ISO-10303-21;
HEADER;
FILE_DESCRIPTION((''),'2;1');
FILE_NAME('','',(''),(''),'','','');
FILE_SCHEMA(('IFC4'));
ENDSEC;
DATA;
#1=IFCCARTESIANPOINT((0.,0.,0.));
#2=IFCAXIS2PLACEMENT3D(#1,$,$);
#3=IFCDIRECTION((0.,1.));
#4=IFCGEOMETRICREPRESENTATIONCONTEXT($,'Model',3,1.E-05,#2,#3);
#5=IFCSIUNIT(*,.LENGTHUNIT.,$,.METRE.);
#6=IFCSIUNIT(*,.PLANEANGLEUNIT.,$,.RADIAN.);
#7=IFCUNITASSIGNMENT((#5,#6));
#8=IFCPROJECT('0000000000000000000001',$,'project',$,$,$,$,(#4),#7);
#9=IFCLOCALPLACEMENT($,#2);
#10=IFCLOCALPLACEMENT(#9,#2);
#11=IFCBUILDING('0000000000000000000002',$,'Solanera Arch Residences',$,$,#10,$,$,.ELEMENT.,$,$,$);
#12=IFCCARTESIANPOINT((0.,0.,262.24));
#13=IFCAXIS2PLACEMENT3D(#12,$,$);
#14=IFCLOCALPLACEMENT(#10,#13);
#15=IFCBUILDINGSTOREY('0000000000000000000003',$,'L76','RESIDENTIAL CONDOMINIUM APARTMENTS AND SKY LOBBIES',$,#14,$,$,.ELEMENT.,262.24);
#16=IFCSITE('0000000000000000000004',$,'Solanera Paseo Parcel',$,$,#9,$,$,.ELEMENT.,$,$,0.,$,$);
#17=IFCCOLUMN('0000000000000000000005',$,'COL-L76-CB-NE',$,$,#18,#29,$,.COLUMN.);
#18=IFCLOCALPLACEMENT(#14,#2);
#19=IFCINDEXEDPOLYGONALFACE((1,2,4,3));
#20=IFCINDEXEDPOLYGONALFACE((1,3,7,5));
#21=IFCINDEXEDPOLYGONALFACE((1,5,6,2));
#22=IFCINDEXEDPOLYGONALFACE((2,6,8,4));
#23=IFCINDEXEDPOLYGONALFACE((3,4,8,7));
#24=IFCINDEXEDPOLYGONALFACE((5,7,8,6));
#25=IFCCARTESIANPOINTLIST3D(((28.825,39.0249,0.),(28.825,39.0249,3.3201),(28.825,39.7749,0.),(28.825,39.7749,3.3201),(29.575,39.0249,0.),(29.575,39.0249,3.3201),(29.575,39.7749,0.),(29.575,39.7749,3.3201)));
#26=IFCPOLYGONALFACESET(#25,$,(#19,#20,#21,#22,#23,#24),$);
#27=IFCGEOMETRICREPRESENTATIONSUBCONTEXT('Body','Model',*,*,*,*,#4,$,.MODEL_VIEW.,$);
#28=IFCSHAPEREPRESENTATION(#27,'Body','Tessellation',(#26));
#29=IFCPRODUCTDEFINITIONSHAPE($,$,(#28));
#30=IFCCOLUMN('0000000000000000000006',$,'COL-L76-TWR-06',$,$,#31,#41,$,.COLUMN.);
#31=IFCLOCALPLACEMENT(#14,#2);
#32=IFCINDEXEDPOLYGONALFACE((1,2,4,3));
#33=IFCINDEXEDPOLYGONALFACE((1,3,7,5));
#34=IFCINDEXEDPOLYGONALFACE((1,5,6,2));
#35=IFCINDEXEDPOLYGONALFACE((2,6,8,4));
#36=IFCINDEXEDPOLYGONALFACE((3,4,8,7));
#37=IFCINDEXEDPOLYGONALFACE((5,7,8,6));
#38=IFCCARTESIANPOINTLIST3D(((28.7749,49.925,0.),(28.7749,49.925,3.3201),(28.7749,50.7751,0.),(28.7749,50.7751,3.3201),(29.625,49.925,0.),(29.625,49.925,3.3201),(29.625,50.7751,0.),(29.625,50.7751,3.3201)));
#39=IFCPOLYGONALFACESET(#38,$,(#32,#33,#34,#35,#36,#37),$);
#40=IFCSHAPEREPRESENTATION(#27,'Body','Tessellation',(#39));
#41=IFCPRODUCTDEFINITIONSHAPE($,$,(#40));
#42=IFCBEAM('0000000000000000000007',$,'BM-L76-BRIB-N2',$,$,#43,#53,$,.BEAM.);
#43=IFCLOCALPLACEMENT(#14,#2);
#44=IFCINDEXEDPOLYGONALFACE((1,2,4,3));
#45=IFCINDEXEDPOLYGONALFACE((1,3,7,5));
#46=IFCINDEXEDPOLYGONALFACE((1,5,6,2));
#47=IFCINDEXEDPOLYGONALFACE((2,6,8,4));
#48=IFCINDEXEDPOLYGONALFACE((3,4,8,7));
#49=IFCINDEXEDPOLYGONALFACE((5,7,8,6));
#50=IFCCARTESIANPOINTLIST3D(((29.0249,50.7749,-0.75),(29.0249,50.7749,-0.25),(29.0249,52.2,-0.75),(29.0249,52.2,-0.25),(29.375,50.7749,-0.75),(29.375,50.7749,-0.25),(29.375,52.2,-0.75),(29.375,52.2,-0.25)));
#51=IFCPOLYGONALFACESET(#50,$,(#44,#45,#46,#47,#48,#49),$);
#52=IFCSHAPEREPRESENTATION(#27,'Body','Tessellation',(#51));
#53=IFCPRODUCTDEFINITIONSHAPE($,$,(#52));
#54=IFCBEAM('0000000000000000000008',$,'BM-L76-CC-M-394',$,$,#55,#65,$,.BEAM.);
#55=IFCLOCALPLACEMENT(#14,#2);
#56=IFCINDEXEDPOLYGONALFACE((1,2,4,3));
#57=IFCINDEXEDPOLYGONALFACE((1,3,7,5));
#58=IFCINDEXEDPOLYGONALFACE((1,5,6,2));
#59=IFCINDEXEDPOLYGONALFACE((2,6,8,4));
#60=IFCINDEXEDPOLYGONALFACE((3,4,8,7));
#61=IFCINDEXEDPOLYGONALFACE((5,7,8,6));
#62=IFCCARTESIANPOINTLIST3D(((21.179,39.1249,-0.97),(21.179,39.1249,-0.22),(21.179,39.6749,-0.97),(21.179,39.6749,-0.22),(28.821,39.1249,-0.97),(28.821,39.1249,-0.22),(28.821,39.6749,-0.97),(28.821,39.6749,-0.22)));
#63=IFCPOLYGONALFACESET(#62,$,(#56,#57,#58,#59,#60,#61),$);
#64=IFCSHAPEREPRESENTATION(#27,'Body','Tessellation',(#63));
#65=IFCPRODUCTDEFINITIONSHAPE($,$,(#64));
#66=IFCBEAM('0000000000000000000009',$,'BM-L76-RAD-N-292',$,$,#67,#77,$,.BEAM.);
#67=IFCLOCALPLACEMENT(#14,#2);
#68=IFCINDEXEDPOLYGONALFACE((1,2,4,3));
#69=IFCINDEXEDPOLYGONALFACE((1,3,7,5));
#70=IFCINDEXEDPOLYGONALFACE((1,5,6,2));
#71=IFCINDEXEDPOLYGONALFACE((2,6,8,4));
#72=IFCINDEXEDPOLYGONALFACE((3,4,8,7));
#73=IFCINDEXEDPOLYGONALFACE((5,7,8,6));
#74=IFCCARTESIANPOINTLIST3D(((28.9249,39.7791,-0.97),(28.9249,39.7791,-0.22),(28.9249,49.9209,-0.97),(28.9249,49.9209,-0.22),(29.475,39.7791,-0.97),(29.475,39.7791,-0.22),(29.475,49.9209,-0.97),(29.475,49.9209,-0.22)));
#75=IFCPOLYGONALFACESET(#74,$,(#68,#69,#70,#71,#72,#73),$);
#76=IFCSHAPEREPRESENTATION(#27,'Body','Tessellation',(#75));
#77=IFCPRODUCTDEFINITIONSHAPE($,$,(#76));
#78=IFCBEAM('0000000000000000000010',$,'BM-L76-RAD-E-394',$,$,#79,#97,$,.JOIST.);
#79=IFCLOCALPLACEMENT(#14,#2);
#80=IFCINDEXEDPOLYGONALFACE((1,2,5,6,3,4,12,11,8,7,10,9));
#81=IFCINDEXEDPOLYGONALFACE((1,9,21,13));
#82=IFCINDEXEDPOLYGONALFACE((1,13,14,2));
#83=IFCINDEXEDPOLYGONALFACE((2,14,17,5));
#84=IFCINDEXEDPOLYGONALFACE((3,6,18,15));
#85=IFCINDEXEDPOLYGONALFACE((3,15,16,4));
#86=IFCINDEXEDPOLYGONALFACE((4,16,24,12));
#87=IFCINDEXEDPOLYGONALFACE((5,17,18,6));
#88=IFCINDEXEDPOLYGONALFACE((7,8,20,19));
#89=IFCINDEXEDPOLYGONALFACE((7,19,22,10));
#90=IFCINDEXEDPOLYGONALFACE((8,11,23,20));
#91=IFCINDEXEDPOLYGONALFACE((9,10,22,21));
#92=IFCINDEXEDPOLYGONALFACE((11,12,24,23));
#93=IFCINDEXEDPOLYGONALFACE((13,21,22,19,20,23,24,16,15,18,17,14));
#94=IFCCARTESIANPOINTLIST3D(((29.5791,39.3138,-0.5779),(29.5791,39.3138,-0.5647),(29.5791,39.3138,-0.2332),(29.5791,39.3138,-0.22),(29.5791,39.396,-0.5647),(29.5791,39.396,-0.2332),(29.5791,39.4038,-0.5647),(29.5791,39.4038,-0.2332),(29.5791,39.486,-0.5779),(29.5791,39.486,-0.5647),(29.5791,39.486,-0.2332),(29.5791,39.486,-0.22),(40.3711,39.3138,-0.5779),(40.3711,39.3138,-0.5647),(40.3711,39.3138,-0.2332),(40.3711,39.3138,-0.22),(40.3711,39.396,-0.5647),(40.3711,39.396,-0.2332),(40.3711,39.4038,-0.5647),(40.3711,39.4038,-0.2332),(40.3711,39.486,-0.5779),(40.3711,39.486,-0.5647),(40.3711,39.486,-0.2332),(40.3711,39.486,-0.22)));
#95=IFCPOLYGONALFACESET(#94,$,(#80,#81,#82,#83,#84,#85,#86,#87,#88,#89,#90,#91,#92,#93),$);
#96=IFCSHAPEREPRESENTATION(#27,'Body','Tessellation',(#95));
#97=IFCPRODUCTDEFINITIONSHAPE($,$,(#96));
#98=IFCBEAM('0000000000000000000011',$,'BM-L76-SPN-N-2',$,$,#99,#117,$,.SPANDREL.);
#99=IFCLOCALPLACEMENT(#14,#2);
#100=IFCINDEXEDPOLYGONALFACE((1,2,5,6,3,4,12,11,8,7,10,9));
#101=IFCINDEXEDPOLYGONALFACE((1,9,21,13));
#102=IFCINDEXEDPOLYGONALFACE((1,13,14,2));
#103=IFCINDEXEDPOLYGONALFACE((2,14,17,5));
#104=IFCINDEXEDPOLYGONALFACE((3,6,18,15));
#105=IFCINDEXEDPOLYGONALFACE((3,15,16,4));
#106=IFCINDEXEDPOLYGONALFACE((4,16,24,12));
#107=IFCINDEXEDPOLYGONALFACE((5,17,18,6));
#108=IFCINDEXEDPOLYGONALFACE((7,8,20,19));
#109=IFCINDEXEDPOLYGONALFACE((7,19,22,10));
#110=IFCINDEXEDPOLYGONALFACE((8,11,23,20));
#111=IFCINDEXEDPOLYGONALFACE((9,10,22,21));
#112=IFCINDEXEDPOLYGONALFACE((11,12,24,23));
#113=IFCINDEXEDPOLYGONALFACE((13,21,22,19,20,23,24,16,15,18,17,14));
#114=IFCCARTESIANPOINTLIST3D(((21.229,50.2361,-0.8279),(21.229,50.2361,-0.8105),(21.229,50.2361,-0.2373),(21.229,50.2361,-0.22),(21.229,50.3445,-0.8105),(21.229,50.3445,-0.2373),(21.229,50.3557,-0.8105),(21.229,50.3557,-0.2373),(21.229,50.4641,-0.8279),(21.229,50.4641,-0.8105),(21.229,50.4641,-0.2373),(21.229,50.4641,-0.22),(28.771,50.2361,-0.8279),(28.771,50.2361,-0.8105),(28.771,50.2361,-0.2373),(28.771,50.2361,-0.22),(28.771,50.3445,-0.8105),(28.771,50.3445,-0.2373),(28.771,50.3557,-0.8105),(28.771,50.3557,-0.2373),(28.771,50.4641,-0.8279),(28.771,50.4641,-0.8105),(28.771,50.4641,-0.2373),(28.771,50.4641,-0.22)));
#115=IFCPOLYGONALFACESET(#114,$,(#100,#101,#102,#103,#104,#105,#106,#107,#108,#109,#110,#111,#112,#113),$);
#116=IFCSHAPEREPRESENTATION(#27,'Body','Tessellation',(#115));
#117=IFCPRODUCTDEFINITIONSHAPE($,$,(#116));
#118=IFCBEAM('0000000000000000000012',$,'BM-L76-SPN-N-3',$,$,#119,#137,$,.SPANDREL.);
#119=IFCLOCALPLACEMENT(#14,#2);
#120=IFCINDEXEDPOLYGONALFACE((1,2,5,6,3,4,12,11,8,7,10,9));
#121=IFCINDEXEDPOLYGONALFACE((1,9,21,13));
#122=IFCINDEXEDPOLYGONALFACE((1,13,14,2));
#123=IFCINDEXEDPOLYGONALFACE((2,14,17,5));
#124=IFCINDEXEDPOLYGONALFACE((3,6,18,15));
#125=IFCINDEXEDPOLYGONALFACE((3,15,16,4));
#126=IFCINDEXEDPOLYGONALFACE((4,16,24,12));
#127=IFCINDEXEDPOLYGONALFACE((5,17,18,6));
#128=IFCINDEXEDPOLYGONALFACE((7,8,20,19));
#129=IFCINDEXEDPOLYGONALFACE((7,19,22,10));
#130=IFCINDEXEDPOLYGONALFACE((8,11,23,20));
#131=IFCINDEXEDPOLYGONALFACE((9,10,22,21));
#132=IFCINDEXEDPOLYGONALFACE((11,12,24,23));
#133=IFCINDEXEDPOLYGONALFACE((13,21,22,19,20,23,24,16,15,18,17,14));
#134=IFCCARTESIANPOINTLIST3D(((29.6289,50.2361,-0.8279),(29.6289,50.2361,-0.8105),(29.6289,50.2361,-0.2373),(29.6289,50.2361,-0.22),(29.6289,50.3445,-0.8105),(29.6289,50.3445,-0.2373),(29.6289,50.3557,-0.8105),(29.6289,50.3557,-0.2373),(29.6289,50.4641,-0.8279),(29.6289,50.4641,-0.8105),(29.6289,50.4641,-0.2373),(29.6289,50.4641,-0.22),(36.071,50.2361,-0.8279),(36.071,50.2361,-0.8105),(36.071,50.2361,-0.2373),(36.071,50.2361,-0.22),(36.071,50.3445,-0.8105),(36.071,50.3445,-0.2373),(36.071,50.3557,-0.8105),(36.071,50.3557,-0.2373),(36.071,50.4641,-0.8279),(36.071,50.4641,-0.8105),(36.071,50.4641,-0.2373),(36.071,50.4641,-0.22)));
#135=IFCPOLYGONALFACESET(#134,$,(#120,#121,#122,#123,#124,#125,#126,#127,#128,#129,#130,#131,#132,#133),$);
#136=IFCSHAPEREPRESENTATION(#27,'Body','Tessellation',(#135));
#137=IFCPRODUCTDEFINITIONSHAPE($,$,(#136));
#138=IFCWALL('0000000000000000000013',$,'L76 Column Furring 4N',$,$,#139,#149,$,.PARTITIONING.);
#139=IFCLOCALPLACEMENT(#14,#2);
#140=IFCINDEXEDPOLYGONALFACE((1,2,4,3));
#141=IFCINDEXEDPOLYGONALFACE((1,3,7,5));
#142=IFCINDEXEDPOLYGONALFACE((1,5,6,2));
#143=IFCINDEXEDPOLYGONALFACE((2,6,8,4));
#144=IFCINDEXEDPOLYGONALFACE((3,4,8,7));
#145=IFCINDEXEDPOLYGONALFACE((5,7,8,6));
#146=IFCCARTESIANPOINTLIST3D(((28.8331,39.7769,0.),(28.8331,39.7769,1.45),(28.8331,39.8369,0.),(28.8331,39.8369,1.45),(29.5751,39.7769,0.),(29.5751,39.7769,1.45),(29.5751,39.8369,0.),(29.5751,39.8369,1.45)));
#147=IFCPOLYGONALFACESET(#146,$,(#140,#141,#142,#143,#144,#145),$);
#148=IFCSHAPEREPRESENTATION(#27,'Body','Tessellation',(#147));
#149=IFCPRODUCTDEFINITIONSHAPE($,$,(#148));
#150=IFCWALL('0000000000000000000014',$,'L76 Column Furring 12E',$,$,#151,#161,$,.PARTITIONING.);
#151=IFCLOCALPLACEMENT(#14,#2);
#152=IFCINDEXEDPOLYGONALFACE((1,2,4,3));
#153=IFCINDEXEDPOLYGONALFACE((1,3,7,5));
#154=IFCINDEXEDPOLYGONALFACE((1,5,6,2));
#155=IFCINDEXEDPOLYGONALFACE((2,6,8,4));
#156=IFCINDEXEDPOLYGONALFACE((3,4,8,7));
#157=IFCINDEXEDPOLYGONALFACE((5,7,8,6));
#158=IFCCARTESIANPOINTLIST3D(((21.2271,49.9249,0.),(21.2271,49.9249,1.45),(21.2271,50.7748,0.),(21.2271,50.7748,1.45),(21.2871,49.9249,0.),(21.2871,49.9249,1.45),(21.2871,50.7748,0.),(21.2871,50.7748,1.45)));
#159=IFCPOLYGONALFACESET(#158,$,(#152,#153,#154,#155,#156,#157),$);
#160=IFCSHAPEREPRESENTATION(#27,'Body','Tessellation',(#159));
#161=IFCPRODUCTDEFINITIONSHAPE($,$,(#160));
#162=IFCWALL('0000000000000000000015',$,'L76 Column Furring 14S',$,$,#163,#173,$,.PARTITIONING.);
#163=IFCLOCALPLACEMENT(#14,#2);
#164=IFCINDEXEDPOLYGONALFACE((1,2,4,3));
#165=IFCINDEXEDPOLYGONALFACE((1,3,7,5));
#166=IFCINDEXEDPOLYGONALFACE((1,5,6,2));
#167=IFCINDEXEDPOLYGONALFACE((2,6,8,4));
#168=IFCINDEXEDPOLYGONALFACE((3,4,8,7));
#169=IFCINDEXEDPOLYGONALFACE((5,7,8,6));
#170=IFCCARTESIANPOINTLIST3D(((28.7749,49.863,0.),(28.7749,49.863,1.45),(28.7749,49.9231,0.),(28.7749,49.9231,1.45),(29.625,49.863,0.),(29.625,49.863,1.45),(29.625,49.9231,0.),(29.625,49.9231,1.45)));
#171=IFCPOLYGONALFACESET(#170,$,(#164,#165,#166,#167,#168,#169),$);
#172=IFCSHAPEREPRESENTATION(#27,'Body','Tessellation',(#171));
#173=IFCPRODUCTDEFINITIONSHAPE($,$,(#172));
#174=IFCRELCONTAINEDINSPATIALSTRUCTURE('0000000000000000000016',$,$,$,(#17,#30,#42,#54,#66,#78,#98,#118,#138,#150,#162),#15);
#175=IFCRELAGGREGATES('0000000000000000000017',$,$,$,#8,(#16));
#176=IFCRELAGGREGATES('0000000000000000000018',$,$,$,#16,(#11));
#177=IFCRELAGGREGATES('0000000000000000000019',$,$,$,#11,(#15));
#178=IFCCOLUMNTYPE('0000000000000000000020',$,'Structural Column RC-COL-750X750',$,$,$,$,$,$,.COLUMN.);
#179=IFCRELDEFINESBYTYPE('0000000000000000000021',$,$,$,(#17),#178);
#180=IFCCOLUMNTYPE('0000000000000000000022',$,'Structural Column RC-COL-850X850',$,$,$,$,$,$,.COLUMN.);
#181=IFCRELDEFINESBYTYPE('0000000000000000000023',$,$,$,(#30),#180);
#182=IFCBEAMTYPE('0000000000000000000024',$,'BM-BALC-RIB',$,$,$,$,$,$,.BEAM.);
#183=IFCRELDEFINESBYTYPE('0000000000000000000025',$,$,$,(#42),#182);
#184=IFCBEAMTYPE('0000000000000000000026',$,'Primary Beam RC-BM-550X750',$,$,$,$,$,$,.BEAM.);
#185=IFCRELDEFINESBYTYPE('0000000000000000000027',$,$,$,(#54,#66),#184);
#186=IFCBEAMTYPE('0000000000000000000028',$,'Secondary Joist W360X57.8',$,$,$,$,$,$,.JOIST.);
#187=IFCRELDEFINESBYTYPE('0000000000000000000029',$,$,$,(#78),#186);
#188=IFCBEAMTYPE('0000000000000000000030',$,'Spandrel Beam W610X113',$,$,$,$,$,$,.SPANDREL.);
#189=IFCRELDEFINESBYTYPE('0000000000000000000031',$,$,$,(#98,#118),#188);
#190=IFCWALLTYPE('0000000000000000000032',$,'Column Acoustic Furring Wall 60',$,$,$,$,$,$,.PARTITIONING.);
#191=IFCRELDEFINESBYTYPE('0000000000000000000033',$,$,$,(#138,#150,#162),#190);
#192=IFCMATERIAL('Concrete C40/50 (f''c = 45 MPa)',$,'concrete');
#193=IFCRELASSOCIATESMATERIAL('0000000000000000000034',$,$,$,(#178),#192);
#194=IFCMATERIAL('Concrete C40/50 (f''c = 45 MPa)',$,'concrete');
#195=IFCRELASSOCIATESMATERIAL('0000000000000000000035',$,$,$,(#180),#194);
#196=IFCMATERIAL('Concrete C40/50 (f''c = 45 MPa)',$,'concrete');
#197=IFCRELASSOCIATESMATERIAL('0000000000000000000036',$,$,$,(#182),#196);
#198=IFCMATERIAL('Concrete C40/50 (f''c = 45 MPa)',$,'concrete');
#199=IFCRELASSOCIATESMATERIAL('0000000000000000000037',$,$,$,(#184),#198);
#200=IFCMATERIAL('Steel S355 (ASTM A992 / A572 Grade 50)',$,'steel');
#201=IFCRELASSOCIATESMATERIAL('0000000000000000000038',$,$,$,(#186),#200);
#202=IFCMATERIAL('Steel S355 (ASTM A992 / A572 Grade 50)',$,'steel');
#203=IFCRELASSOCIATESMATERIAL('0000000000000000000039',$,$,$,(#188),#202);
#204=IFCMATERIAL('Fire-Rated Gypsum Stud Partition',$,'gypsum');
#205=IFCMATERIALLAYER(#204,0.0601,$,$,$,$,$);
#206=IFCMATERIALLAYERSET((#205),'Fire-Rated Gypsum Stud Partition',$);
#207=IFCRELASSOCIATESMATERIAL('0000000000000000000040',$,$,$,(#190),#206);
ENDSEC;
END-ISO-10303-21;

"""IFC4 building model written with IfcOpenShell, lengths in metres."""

from ifc_helpers import new_model, si_unit, direction, frame, frame_2d, origin, origin_2d, place, context, subcontext, project, spatial, rectangle, i_section, extrude, material, layer, layer_set, material_profile, profile_set, type_object, element, save


model = new_model("IFC4")

# Units and contexts
model_context = context("Model", 3, precision=1e-05, world=origin(), true_north=direction((0.0, 1.0)))
body_context = subcontext(model_context, "Body", "Model", "MODEL_VIEW")
ifc_project = project(units=[si_unit("LENGTHUNIT", "METRE"), si_unit("PLANEANGLEUNIT", "RADIAN")], contexts=[model_context])

# Site, building, storey
site_placement = place(None, origin())
site = spatial("IfcSite", under=ifc_project, at=site_placement, Name="Solanera Paseo Parcel", CompositionType="ELEMENT", RefElevation=0.0)
building_placement = place(site_placement, origin())
building = spatial("IfcBuilding", under=site, at=building_placement, Name="Solanera Arch Residences", CompositionType="ELEMENT")
storey_placement = place(building_placement, frame((0.0, 0.0, 262.24)))
storey = spatial("IfcBuildingStorey", under=building, at=storey_placement, Name="L76", Description="RESIDENTIAL CONDOMINIUM APARTMENTS AND SKY LOBBIES", CompositionType="ELEMENT", Elevation=262.24)

# Columns
ifc_material_1 = material(Name="Concrete C40/50 (f'c = 45 MPa)", Category="concrete")
ifc_material_profile_1 = material_profile(ifc_material_1, rectangle(XDim=0.75, YDim=0.75, at=origin_2d()))
ifc_profile_set_1 = profile_set([ifc_material_profile_1], Name="Concrete C40/50 (f'c = 45 MPa)")
column_type_1 = type_object("IfcColumnType", Name="Structural Column RC-COL-750X750", PredefinedType="COLUMN", material=ifc_profile_set_1)
column_1_placement = place(storey_placement, frame((29.2, 39.3999, 0.0), z_axis=(0.0, 0.0, 1.0), x_axis=(1.0, 0.0, 0.0)))
element("IfcColumn", 1, at=column_1_placement, inside=storey, type_object=column_type_1, Name="COL-L76-CB-NE", PredefinedType="COLUMN", context=body_context, shape_type="SweptSolid", body=[
    extrude(rectangle(XDim=0.75, YDim=0.75, at=origin_2d()), origin(), (0.0, 0.0, 1.0), 3.3201),
])
ifc_material_2 = material(Name="Concrete C40/50 (f'c = 45 MPa)", Category="concrete")
ifc_material_profile_2 = material_profile(ifc_material_2, rectangle(XDim=0.8501, YDim=0.8501, at=origin_2d()))
ifc_profile_set_2 = profile_set([ifc_material_profile_2], Name="Concrete C40/50 (f'c = 45 MPa)")
column_type_2 = type_object("IfcColumnType", Name="Structural Column RC-COL-850X850", PredefinedType="COLUMN", material=ifc_profile_set_2)
column_2_placement = place(storey_placement, frame((29.2, 50.3501, 0.0), z_axis=(0.0, 0.0, 1.0), x_axis=(1.0, 0.0, 0.0)))
element("IfcColumn", 2, at=column_2_placement, inside=storey, type_object=column_type_2, Name="COL-L76-TWR-06", PredefinedType="COLUMN", context=body_context, shape_type="SweptSolid", body=[
    extrude(rectangle(XDim=0.8501, YDim=0.8501, at=origin_2d()), origin(), (0.0, 0.0, 1.0), 3.3201),
])

# Beams
ifc_material_3 = material(Name="Concrete C40/50 (f'c = 45 MPa)", Category="concrete")
ifc_material_profile_3 = material_profile(ifc_material_3, rectangle(XDim=0.3501, YDim=0.5, at=origin_2d()))
ifc_profile_set_3 = profile_set([ifc_material_profile_3], Name="Concrete C40/50 (f'c = 45 MPa)")
beam_type_1 = type_object("IfcBeamType", Name="BM-BALC-RIB", PredefinedType="BEAM", material=ifc_profile_set_3)
beam_1_placement = place(storey_placement, frame((29.2, 50.7749, -0.5), z_axis=(0.0, 1.0, 0.0), x_axis=(-1.0, 0.0, 0.0)))
element("IfcBeam", 3, at=beam_1_placement, inside=storey, type_object=beam_type_1, Name="BM-L76-BRIB-N2", PredefinedType="BEAM", context=body_context, shape_type="SweptSolid", body=[
    extrude(rectangle(XDim=0.3501, YDim=0.5, at=origin_2d()), origin(), (0.0, 0.0, 1.0), 1.425),
])
ifc_material_4 = material(Name="Concrete C40/50 (f'c = 45 MPa)", Category="concrete")
ifc_material_profile_4 = material_profile(ifc_material_4, rectangle(XDim=0.55, YDim=0.75, at=origin_2d()))
ifc_profile_set_4 = profile_set([ifc_material_profile_4], Name="Concrete C40/50 (f'c = 45 MPa)")
beam_type_2 = type_object("IfcBeamType", Name="Primary Beam RC-BM-550X750", PredefinedType="BEAM", material=ifc_profile_set_4)
beam_2_placement = place(storey_placement, frame((21.179, 39.3999, -0.595), z_axis=(1.0, 0.0, 0.0), x_axis=(0.0, 1.0, 0.0)))
element("IfcBeam", 4, at=beam_2_placement, inside=storey, type_object=beam_type_2, Name="BM-L76-CC-M-394", PredefinedType="BEAM", context=body_context, shape_type="SweptSolid", body=[
    extrude(rectangle(XDim=0.55, YDim=0.75, at=origin_2d()), origin(), (0.0, 0.0, 1.0), 7.6421),
])
beam_3_placement = place(storey_placement, frame((29.2, 39.7791, -0.595), z_axis=(0.0, 1.0, 0.0), x_axis=(-1.0, 0.0, 0.0)))
element("IfcBeam", 5, at=beam_3_placement, inside=storey, type_object=beam_type_2, Name="BM-L76-RAD-N-292", PredefinedType="BEAM", context=body_context, shape_type="SweptSolid", body=[
    extrude(rectangle(XDim=0.55, YDim=0.75, at=origin_2d()), origin(), (0.0, 0.0, 1.0), 10.1418),
])
ifc_material_5 = material(Name="Steel S355 (ASTM A992 / A572 Grade 50)", Category="steel")
ifc_material_profile_5 = material_profile(ifc_material_5, i_section(OverallWidth=0.1721, OverallDepth=0.3579, WebThickness=0.0078, FlangeThickness=0.0132, at=origin_2d()))
ifc_profile_set_5 = profile_set([ifc_material_profile_5], Name="Steel S355 (ASTM A992 / A572 Grade 50)")
beam_type_3 = type_object("IfcBeamType", Name="Secondary Joist W360X57.8", PredefinedType="JOIST", material=ifc_profile_set_5)
beam_4_placement = place(storey_placement, frame((29.5791, 39.3999, -0.3989), z_axis=(1.0, 0.0, 0.0), x_axis=(0.0, 1.0, 0.0)))
element("IfcBeam", 6, at=beam_4_placement, inside=storey, type_object=beam_type_3, Name="BM-L76-RAD-E-394", PredefinedType="JOIST", context=body_context, shape_type="SweptSolid", body=[
    extrude(i_section(OverallWidth=0.1721, OverallDepth=0.3579, WebThickness=0.0078, FlangeThickness=0.0132, at=origin_2d()), origin(), (0.0, 0.0, 1.0), 10.792),
])
ifc_material_6 = material(Name="Steel S355 (ASTM A992 / A572 Grade 50)", Category="steel")
ifc_material_profile_6 = material_profile(ifc_material_6, i_section(OverallWidth=0.228, OverallDepth=0.6079, WebThickness=0.0112, FlangeThickness=0.0173, at=origin_2d()))
ifc_profile_set_6 = profile_set([ifc_material_profile_6], Name="Steel S355 (ASTM A992 / A572 Grade 50)")
beam_type_4 = type_object("IfcBeamType", Name="Spandrel Beam W610X113", PredefinedType="SPANDREL", material=ifc_profile_set_6)
beam_5_placement = place(storey_placement, frame((21.229, 50.3501, -0.5239), z_axis=(1.0, 0.0, 0.0), x_axis=(0.0, 1.0, 0.0)))
element("IfcBeam", 7, at=beam_5_placement, inside=storey, type_object=beam_type_4, Name="BM-L76-SPN-N-2", PredefinedType="SPANDREL", context=body_context, shape_type="SweptSolid", body=[
    extrude(i_section(OverallWidth=0.228, OverallDepth=0.6079, WebThickness=0.0112, FlangeThickness=0.0173, at=origin_2d()), origin(), (0.0, 0.0, 1.0), 7.542),
])
beam_6_placement = place(storey_placement, frame((29.6289, 50.3501, -0.5239), z_axis=(1.0, 0.0, 0.0), x_axis=(0.0, 1.0, 0.0)))
element("IfcBeam", 8, at=beam_6_placement, inside=storey, type_object=beam_type_4, Name="BM-L76-SPN-N-3", PredefinedType="SPANDREL", context=body_context, shape_type="SweptSolid", body=[
    extrude(i_section(OverallWidth=0.228, OverallDepth=0.6079, WebThickness=0.0112, FlangeThickness=0.0173, at=origin_2d()), origin(), (0.0, 0.0, 1.0), 6.4421),
])

# Walls
ifc_material_7 = material(Name="Fire-Rated Gypsum Stud Partition", Category="gypsum")
ifc_layer_1 = layer(ifc_material_7, 0.0601)
ifc_layer_set_1 = layer_set([ifc_layer_1], Name="Fire-Rated Gypsum Stud Partition")
wall_type_1 = type_object("IfcWallType", Name="Column Acoustic Furring Wall 60", PredefinedType="PARTITIONING", material=ifc_layer_set_1)
wall_1_placement = place(storey_placement, frame((28.833, 39.8069, 0.0), z_axis=(0.0, 0.0, 1.0), x_axis=(1.0, 0.0, 0.0)))
element("IfcWall", 9, at=wall_1_placement, inside=storey, type_object=wall_type_1, Name="L76 Column Furring 4N", PredefinedType="PARTITIONING", context=body_context, shape_type="SweptSolid", body=[
    extrude(rectangle(XDim=0.7419, YDim=0.0601, at=frame_2d((0.3711, 0.0))), origin(), (0.0, 0.0, 1.0), 1.45),
])
wall_2_placement = place(storey_placement, frame((21.2571, 49.925, 0.0), z_axis=(0.0, 0.0, 1.0), x_axis=(0.0, 1.0, 0.0)))
element("IfcWall", 10, at=wall_2_placement, inside=storey, type_object=wall_type_1, Name="L76 Column Furring 12E", PredefinedType="PARTITIONING", context=body_context, shape_type="SweptSolid", body=[
    extrude(rectangle(XDim=0.8499, YDim=0.0601, at=frame_2d((0.4248, 0.0))), origin(), (0.0, 0.0, 1.0), 1.45),
])
for number, where, z_axis, x_axis, name in (
    (11, (28.7749, 49.8931, 0.0), (0.0, 0.0, 1.0), (1.0, 0.0, 0.0), "L76 Column Furring 14S"),
):
    element("IfcWall", number, at=place(storey_placement, frame(where, z_axis=z_axis, x_axis=x_axis)), inside=storey, type_object=wall_type_1, Name=name, PredefinedType="PARTITIONING", context=body_context, shape_type="SweptSolid", body=[
        extrude(rectangle(XDim=0.8501, YDim=0.0601, at=frame_2d((0.425, 0.0))), origin(), (0.0, 0.0, 1.0), 1.45),
    ])

save(model, "model.ifc")
